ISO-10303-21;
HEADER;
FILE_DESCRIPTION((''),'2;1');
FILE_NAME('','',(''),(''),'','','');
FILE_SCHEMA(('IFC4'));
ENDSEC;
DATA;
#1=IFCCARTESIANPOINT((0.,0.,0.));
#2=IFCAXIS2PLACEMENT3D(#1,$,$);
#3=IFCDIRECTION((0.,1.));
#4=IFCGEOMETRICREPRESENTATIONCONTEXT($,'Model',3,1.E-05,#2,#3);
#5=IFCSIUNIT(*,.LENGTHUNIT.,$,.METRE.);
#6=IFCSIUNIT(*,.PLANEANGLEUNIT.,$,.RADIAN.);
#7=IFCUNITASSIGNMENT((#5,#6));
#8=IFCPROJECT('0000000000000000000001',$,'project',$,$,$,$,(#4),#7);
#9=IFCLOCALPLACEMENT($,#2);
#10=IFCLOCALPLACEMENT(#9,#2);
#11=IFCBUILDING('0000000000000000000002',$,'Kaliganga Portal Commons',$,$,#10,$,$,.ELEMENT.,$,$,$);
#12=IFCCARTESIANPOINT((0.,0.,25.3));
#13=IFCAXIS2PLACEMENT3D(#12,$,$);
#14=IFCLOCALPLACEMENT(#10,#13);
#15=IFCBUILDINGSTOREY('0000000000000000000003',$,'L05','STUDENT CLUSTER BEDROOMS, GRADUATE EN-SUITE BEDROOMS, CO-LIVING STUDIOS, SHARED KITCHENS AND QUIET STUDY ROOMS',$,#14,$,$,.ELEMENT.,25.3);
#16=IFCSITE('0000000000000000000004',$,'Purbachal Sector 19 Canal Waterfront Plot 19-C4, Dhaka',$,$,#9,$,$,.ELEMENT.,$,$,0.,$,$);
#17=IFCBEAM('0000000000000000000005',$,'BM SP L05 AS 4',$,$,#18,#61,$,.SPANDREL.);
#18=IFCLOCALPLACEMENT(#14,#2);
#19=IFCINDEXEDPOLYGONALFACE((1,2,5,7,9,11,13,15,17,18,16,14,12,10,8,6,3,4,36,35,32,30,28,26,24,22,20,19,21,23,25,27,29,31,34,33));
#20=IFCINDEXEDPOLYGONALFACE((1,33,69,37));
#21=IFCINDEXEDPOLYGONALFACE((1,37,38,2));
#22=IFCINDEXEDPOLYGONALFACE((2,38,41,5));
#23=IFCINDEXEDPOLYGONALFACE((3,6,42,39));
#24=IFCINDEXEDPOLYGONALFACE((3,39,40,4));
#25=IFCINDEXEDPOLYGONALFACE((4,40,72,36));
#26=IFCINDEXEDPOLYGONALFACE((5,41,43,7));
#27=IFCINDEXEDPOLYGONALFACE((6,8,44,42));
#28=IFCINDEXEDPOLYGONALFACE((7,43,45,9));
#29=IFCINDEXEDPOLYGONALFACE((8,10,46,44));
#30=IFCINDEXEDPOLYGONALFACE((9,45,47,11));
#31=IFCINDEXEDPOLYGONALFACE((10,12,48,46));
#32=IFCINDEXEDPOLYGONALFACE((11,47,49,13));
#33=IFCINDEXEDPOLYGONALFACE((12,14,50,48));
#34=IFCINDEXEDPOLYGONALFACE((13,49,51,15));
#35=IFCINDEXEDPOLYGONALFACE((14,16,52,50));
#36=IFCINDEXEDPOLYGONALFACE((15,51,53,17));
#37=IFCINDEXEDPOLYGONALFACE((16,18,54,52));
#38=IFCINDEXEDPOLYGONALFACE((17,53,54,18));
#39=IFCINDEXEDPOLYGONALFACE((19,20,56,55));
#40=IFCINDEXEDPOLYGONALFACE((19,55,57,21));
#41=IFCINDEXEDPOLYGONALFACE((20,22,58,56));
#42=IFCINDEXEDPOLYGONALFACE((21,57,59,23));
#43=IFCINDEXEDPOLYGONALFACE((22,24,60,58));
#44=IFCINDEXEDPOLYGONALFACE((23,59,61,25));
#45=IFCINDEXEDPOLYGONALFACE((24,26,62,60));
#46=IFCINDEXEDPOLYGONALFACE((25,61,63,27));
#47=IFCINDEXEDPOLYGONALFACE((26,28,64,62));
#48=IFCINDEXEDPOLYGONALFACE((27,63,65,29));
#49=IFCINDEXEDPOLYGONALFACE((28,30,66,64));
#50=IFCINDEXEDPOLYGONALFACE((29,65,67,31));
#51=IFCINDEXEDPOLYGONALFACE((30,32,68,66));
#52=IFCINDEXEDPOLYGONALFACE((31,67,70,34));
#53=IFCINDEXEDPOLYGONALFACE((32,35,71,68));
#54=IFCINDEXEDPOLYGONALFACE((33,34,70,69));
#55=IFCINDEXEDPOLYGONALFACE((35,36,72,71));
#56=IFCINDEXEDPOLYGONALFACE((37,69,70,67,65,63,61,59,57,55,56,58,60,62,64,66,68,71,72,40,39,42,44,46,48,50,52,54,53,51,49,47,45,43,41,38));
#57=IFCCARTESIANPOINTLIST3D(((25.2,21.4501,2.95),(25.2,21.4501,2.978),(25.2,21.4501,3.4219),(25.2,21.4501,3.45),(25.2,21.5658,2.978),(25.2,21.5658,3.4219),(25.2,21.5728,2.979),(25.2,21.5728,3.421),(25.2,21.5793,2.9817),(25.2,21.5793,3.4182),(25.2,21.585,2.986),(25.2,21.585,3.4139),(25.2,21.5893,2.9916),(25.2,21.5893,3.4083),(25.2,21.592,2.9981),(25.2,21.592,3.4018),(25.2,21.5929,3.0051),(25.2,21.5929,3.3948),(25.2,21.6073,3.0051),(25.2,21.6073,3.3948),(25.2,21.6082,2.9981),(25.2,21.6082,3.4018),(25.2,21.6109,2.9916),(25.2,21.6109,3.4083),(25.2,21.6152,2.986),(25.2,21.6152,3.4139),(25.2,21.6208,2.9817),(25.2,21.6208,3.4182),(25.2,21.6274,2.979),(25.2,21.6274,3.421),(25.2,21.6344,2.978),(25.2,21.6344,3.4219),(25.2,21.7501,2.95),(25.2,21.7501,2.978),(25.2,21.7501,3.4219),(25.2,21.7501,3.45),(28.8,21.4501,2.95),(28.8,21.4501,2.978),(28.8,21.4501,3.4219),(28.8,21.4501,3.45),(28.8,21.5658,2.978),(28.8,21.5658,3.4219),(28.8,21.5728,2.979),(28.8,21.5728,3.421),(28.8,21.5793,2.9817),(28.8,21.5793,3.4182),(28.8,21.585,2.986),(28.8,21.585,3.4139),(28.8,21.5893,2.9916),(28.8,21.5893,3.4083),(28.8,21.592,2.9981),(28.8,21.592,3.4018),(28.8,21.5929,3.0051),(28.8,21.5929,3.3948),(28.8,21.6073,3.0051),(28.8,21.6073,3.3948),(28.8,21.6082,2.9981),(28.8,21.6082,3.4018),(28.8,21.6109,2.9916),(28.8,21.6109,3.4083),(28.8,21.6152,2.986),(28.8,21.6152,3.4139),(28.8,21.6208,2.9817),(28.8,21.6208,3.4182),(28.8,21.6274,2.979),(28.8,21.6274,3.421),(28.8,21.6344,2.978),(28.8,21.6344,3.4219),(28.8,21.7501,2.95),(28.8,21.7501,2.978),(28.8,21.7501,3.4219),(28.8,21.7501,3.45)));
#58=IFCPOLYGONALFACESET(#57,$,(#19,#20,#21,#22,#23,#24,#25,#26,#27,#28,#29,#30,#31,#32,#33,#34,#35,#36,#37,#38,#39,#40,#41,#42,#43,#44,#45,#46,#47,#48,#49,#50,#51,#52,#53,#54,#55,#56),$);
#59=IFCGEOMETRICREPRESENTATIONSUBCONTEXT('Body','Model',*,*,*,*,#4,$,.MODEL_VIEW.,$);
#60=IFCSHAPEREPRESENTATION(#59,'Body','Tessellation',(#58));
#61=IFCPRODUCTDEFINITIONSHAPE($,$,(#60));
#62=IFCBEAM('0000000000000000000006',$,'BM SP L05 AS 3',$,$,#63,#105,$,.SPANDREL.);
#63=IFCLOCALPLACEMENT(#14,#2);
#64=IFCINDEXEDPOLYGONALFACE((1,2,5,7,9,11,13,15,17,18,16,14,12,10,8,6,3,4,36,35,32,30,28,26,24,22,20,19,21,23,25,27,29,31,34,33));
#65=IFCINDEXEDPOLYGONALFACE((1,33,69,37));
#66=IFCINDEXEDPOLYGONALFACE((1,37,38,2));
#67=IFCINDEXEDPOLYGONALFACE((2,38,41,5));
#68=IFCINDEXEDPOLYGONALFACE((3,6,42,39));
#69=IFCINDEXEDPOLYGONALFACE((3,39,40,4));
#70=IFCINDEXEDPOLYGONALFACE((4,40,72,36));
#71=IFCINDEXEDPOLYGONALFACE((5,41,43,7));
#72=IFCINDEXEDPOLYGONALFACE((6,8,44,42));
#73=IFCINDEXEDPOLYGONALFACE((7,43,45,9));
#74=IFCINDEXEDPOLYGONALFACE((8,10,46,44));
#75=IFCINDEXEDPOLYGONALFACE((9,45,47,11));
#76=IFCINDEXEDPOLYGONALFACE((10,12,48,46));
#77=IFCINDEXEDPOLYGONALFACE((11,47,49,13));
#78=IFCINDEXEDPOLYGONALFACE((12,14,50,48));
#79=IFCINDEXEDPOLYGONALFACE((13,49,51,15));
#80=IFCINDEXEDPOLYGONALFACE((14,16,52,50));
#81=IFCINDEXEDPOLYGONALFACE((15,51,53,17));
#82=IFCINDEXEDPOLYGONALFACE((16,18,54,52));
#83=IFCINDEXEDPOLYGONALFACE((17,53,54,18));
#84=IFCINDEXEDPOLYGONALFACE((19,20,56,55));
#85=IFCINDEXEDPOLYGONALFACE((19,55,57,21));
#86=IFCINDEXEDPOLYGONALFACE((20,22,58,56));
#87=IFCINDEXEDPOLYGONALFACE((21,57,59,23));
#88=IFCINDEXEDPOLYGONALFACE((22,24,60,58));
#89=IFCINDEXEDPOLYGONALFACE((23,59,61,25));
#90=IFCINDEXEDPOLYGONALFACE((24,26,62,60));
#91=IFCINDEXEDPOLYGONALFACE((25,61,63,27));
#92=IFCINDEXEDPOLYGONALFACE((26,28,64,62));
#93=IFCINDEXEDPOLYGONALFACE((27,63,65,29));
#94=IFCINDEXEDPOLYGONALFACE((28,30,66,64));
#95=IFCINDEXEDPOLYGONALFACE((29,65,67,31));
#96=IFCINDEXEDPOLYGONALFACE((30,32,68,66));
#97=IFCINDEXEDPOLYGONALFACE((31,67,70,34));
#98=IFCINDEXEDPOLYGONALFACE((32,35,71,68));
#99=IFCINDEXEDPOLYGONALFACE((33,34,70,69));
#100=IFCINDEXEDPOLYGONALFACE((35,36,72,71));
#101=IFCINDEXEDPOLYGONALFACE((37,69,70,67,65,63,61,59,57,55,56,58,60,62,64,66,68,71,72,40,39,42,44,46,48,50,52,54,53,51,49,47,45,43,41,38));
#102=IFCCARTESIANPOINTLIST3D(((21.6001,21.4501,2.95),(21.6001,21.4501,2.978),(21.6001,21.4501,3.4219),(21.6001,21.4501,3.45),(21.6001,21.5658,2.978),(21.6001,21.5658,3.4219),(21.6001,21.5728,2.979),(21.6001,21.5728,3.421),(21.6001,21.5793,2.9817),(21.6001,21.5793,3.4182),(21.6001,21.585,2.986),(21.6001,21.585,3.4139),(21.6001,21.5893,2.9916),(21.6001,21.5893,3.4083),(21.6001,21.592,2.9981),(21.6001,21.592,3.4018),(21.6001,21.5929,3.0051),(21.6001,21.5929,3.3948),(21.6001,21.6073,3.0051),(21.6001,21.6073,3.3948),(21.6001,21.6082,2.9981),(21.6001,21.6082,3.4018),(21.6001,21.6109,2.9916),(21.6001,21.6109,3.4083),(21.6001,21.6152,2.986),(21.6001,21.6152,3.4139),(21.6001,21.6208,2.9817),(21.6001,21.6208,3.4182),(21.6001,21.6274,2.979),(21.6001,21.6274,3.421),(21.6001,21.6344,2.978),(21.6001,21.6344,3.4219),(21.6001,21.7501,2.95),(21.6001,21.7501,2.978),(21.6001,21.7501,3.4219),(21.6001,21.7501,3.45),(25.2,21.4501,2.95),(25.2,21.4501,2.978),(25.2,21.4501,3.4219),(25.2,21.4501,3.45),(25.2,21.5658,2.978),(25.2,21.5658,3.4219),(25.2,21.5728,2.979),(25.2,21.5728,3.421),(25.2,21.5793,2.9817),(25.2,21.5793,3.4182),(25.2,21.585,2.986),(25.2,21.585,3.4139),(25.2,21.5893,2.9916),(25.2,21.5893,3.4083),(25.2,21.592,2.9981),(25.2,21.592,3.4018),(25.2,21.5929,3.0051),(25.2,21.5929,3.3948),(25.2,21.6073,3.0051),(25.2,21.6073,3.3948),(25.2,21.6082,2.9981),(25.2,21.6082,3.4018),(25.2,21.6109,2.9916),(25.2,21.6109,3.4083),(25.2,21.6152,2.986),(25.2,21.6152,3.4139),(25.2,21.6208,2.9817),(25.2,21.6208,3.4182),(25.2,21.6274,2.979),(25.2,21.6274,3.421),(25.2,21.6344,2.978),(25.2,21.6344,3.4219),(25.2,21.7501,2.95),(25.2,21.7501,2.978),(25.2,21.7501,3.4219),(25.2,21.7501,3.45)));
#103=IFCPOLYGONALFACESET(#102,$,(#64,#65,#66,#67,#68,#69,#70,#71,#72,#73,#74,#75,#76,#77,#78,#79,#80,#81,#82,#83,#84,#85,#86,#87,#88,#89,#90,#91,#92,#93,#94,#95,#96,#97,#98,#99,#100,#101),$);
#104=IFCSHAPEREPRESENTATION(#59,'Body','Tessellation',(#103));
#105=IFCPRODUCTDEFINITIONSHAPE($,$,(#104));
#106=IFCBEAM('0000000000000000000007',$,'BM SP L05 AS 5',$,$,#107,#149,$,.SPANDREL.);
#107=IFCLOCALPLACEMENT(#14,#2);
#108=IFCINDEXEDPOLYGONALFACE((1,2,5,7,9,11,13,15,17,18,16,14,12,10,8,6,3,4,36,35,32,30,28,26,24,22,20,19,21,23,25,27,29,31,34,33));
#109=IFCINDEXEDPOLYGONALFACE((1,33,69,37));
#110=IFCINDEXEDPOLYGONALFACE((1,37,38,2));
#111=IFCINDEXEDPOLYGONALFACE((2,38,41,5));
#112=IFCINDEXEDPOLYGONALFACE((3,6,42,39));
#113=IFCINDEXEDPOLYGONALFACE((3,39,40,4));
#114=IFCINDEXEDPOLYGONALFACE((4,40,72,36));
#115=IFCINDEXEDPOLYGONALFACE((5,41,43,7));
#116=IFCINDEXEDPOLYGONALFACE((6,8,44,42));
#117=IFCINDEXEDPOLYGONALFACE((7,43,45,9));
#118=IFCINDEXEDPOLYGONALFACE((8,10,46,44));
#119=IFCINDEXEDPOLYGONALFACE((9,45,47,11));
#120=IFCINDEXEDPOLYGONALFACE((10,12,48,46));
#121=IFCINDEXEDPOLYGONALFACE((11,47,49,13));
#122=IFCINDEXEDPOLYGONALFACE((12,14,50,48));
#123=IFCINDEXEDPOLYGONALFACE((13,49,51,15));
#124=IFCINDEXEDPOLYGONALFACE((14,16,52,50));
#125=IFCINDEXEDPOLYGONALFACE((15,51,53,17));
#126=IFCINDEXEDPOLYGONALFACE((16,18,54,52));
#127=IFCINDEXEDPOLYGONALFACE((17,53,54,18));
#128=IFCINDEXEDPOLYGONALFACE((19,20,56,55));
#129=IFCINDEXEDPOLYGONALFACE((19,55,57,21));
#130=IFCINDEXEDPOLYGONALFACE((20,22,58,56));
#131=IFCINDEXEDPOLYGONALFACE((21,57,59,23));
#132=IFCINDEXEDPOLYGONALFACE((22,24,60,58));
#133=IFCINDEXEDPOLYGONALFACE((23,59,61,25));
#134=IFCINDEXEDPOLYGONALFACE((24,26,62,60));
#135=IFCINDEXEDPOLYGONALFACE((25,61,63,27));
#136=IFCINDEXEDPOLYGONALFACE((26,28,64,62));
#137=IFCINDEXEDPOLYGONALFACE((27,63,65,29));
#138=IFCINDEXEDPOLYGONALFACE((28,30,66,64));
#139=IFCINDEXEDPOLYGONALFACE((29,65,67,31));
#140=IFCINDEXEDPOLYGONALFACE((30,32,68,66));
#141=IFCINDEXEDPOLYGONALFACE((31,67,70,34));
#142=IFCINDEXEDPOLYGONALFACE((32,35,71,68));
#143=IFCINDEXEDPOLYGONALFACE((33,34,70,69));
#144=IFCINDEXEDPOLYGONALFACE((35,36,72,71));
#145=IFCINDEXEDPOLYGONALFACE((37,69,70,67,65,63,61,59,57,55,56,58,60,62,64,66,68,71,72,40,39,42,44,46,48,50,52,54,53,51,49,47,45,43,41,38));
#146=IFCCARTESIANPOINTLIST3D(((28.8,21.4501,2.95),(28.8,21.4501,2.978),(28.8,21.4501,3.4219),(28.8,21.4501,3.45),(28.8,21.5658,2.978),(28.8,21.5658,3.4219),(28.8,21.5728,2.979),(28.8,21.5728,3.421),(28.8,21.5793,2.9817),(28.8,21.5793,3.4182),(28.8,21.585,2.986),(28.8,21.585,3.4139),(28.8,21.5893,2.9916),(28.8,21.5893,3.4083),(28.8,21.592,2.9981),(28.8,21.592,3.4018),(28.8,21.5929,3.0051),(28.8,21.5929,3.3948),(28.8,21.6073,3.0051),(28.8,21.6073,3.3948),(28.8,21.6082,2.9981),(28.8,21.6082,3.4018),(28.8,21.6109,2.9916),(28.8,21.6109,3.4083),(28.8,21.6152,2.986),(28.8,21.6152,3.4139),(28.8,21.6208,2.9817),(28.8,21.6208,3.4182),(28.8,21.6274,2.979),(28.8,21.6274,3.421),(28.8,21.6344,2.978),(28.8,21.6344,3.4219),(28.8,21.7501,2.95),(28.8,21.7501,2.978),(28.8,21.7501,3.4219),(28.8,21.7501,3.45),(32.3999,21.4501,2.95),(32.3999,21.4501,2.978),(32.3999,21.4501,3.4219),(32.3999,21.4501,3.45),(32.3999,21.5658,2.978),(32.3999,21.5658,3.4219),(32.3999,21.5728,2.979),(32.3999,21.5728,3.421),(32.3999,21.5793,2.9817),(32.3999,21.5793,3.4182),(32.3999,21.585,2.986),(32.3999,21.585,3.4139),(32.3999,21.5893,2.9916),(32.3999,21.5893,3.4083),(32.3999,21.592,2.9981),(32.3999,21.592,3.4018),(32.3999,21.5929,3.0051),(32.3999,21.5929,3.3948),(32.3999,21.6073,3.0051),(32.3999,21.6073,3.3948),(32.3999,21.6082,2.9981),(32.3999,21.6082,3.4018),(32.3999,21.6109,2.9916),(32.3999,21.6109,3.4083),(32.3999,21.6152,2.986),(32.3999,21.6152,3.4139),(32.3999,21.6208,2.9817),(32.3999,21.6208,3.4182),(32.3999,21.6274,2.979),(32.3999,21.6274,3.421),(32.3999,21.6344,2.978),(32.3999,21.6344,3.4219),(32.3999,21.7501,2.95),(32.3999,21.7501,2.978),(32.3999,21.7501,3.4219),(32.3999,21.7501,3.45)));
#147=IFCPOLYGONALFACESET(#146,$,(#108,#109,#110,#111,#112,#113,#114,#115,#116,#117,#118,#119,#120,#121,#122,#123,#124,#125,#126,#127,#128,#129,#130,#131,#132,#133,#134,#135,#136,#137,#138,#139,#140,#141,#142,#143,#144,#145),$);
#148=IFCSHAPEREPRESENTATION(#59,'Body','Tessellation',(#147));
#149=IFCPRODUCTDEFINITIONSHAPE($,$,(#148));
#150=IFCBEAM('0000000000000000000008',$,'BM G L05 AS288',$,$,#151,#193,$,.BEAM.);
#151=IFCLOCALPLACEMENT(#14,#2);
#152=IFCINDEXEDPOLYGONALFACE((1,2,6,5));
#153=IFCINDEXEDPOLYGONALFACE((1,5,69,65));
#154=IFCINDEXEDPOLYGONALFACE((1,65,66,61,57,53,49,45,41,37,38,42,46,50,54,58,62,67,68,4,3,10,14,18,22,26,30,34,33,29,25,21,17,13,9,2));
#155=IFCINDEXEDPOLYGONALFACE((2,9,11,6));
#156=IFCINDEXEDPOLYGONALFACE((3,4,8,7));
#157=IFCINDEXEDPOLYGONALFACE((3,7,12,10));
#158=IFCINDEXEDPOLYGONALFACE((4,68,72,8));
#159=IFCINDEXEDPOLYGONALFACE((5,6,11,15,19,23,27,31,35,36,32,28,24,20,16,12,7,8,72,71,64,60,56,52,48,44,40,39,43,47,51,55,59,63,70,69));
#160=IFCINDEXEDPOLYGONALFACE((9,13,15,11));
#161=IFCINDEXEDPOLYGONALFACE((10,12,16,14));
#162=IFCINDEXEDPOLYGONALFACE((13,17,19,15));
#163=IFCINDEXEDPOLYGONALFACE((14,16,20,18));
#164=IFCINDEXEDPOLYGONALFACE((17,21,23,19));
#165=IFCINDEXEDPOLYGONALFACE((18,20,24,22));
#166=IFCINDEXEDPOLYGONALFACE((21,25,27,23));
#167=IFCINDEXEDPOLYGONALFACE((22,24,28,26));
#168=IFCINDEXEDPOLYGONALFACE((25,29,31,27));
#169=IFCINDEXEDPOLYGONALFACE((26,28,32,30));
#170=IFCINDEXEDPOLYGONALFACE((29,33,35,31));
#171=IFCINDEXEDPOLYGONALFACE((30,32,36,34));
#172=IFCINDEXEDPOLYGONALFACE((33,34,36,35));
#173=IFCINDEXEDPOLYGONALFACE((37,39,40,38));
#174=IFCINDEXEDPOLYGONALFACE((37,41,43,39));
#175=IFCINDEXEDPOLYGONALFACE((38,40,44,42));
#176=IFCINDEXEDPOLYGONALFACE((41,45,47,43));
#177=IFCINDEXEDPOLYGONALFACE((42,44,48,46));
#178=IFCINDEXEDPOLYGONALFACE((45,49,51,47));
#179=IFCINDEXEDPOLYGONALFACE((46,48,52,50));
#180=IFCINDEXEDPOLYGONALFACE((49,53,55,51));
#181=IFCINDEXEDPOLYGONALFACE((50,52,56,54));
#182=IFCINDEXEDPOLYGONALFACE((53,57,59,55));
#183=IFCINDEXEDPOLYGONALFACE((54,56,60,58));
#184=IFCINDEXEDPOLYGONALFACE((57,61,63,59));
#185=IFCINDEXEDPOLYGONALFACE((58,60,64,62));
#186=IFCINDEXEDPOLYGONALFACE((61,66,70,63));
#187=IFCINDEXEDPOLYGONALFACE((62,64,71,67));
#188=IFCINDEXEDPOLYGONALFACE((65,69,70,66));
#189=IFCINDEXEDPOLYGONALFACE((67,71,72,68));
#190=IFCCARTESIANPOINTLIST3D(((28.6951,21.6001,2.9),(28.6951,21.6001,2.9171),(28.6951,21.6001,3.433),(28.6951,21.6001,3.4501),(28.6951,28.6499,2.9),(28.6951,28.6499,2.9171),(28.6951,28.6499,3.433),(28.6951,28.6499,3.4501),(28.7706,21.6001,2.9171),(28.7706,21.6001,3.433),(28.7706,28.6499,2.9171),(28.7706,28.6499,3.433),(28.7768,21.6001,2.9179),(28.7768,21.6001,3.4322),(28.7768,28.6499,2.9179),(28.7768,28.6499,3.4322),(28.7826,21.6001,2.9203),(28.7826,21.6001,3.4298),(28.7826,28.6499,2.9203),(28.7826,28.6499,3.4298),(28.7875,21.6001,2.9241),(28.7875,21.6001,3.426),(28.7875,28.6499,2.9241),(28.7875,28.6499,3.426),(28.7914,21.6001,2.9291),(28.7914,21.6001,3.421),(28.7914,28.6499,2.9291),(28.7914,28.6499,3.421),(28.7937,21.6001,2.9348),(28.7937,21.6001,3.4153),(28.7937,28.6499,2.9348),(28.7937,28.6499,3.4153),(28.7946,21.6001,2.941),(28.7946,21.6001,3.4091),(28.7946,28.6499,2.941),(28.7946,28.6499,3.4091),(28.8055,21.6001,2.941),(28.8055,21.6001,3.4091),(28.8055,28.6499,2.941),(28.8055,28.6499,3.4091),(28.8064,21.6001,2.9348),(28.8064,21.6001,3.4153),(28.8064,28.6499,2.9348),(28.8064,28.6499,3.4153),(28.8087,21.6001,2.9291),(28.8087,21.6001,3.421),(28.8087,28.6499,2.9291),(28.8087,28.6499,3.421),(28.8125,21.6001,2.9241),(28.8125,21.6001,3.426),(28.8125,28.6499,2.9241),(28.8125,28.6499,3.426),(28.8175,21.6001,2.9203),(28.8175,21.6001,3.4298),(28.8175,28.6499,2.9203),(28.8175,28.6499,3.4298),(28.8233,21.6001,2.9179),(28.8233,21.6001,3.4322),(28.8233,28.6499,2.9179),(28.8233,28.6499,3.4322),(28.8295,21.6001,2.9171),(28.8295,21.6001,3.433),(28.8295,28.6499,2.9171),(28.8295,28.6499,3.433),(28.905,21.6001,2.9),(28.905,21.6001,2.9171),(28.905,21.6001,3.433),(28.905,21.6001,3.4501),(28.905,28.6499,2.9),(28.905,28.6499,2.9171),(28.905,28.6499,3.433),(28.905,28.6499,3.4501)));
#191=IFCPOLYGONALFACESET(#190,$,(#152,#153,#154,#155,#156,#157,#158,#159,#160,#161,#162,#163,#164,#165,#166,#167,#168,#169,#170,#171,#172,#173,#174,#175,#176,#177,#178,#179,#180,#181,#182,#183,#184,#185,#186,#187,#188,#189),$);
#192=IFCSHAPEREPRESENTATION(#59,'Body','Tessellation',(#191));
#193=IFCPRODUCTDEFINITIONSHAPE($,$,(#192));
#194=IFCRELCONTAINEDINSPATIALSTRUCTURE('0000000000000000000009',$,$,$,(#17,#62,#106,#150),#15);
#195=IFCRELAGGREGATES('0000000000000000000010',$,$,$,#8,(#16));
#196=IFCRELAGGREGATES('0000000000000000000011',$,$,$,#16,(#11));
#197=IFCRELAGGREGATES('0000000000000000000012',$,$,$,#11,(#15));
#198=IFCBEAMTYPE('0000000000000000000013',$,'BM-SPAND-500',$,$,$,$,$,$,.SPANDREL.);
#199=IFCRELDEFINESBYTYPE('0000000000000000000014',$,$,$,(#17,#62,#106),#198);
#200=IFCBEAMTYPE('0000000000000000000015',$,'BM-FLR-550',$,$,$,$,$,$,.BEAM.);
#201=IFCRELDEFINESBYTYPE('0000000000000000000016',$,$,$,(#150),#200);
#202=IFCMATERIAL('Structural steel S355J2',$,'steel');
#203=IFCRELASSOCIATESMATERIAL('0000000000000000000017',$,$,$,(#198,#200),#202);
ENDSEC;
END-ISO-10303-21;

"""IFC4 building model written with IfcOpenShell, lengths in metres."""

from ifc_helpers import new_model, si_unit, direction, frame, origin, origin_2d, place, context, subcontext, project, spatial, i_section, extrude, source, transform, mapped, material, material_profile, profile_set, type_object, element, save


model = new_model("IFC4")

# Units and contexts
model_context = context("Model", 3, precision=1e-05, world=origin(), true_north=direction((0.0, 1.0)))
body_context = subcontext(model_context, "Body", "Model", "MODEL_VIEW")
ifc_project = project(units=[si_unit("LENGTHUNIT", "METRE"), si_unit("PLANEANGLEUNIT", "RADIAN")], contexts=[model_context])

# Site, building, storey
site_placement = place(None, origin())
site = spatial("IfcSite", under=ifc_project, at=site_placement, Name="Purbachal Sector 19 Canal Waterfront Plot 19-C4, Dhaka", CompositionType="ELEMENT", RefElevation=0.0)
building_placement = place(site_placement, origin())
building = spatial("IfcBuilding", under=site, at=building_placement, Name="Kaliganga Portal Commons", CompositionType="ELEMENT")
storey_placement = place(building_placement, frame((0.0, 0.0, 25.3)))
storey = spatial("IfcBuildingStorey", under=building, at=storey_placement, Name="L05", Description="STUDENT CLUSTER BEDROOMS, GRADUATE EN-SUITE BEDROOMS, CO-LIVING STUDIOS, SHARED KITCHENS AND QUIET STUDY ROOMS", CompositionType="ELEMENT", Elevation=25.3)

# Beams
ifc_material_1 = material(Name="Structural steel S355J2", Category="steel")
ifc_material_profile_1 = material_profile(ifc_material_1, i_section(OverallWidth=0.3, OverallDepth=0.5, WebThickness=0.0144, FlangeThickness=0.0281, FilletRadius=0.0271, at=origin_2d()), Name="HE 500 B")
ifc_profile_set_1 = profile_set([ifc_material_profile_1], Name="Structural steel S355J2 wide-flange")
beam_type_1 = type_object("IfcBeamType", Name="BM-SPAND-500", PredefinedType="SPANDREL", material=ifc_profile_set_1)
shared_shape_1 = source(origin(), body_context, "Body", "SweptSolid", [
    extrude(i_section(OverallWidth=0.3, OverallDepth=0.5, WebThickness=0.0144, FlangeThickness=0.0281, FilletRadius=0.0271, at=origin_2d()), origin(), (0.0, 0.0, 1.0), 3.6001),
])
for number, where, z_axis, x_axis, name in (
    (1, (25.2, 21.6001, 3.2), (1.0, 0.0, 0.0), (0.0, 1.0, 0.0), "BM SP L05 AS 4"),
):
    element("IfcBeam", number, at=place(storey_placement, frame(where, z_axis=z_axis, x_axis=x_axis)), inside=storey, type_object=beam_type_1, Name=name, PredefinedType="SPANDREL", context=body_context, shape_type="MappedRepresentation", body=[
        mapped(shared_shape_1, transform((0.0, 0.0, 0.0), x_axis=(1.0, 0.0, 0.0), y_axis=(0.0, 1.0, 0.0), z_axis=(0.0, 0.0, 1.0), scale=1.0)),
    ])
shared_shape_2 = source(origin(), body_context, "Body", "SweptSolid", [
    extrude(i_section(OverallWidth=0.3, OverallDepth=0.5, WebThickness=0.0144, FlangeThickness=0.0281, FilletRadius=0.0271, at=origin_2d()), origin(), (0.0, 0.0, 1.0), 3.5999),
])
for number, where, z_axis, x_axis, name in (
    (2, (21.6001, 21.6001, 3.2), (1.0, 0.0, 0.0), (0.0, 1.0, 0.0), "BM SP L05 AS 3"),
    (3, (28.8, 21.6001, 3.2), (1.0, 0.0, 0.0), (0.0, 1.0, 0.0), "BM SP L05 AS 5"),
):
    element("IfcBeam", number, at=place(storey_placement, frame(where, z_axis=z_axis, x_axis=x_axis)), inside=storey, type_object=beam_type_1, Name=name, PredefinedType="SPANDREL", context=body_context, shape_type="MappedRepresentation", body=[
        mapped(shared_shape_2, transform((0.0, 0.0, 0.0), x_axis=(1.0, 0.0, 0.0), y_axis=(0.0, 1.0, 0.0), z_axis=(0.0, 0.0, 1.0), scale=1.0)),
    ])
ifc_material_profile_2 = material_profile(ifc_material_1, i_section(OverallWidth=0.21, OverallDepth=0.55, WebThickness=0.011, FlangeThickness=0.0171, FilletRadius=0.0239, at=origin_2d()), Name="IPE 550")
ifc_profile_set_2 = profile_set([ifc_material_profile_2], Name="Structural steel S355J2 wide-flange")
beam_type_2 = type_object("IfcBeamType", Name="BM-FLR-550", PredefinedType="BEAM", material=ifc_profile_set_2)
shared_shape_3 = source(origin(), body_context, "Body", "SweptSolid", [
    extrude(i_section(OverallWidth=0.21, OverallDepth=0.55, WebThickness=0.011, FlangeThickness=0.0171, FilletRadius=0.0239, at=origin_2d()), origin(), (0.0, 0.0, 1.0), 7.0498),
])
beam_1_placement = place(storey_placement, frame((28.8, 21.6001, 3.175), z_axis=(0.0, 1.0, 0.0), x_axis=(-1.0, 0.0, 0.0)))
element("IfcBeam", 4, at=beam_1_placement, inside=storey, type_object=beam_type_2, Name="BM G L05 AS288", PredefinedType="BEAM", context=body_context, shape_type="MappedRepresentation", body=[
    mapped(shared_shape_3, transform((0.0, 0.0, 0.0), x_axis=(1.0, 0.0, 0.0), y_axis=(0.0, 1.0, 0.0), z_axis=(0.0, 0.0, 1.0), scale=1.0)),
])

save(model, "model.ifc")
